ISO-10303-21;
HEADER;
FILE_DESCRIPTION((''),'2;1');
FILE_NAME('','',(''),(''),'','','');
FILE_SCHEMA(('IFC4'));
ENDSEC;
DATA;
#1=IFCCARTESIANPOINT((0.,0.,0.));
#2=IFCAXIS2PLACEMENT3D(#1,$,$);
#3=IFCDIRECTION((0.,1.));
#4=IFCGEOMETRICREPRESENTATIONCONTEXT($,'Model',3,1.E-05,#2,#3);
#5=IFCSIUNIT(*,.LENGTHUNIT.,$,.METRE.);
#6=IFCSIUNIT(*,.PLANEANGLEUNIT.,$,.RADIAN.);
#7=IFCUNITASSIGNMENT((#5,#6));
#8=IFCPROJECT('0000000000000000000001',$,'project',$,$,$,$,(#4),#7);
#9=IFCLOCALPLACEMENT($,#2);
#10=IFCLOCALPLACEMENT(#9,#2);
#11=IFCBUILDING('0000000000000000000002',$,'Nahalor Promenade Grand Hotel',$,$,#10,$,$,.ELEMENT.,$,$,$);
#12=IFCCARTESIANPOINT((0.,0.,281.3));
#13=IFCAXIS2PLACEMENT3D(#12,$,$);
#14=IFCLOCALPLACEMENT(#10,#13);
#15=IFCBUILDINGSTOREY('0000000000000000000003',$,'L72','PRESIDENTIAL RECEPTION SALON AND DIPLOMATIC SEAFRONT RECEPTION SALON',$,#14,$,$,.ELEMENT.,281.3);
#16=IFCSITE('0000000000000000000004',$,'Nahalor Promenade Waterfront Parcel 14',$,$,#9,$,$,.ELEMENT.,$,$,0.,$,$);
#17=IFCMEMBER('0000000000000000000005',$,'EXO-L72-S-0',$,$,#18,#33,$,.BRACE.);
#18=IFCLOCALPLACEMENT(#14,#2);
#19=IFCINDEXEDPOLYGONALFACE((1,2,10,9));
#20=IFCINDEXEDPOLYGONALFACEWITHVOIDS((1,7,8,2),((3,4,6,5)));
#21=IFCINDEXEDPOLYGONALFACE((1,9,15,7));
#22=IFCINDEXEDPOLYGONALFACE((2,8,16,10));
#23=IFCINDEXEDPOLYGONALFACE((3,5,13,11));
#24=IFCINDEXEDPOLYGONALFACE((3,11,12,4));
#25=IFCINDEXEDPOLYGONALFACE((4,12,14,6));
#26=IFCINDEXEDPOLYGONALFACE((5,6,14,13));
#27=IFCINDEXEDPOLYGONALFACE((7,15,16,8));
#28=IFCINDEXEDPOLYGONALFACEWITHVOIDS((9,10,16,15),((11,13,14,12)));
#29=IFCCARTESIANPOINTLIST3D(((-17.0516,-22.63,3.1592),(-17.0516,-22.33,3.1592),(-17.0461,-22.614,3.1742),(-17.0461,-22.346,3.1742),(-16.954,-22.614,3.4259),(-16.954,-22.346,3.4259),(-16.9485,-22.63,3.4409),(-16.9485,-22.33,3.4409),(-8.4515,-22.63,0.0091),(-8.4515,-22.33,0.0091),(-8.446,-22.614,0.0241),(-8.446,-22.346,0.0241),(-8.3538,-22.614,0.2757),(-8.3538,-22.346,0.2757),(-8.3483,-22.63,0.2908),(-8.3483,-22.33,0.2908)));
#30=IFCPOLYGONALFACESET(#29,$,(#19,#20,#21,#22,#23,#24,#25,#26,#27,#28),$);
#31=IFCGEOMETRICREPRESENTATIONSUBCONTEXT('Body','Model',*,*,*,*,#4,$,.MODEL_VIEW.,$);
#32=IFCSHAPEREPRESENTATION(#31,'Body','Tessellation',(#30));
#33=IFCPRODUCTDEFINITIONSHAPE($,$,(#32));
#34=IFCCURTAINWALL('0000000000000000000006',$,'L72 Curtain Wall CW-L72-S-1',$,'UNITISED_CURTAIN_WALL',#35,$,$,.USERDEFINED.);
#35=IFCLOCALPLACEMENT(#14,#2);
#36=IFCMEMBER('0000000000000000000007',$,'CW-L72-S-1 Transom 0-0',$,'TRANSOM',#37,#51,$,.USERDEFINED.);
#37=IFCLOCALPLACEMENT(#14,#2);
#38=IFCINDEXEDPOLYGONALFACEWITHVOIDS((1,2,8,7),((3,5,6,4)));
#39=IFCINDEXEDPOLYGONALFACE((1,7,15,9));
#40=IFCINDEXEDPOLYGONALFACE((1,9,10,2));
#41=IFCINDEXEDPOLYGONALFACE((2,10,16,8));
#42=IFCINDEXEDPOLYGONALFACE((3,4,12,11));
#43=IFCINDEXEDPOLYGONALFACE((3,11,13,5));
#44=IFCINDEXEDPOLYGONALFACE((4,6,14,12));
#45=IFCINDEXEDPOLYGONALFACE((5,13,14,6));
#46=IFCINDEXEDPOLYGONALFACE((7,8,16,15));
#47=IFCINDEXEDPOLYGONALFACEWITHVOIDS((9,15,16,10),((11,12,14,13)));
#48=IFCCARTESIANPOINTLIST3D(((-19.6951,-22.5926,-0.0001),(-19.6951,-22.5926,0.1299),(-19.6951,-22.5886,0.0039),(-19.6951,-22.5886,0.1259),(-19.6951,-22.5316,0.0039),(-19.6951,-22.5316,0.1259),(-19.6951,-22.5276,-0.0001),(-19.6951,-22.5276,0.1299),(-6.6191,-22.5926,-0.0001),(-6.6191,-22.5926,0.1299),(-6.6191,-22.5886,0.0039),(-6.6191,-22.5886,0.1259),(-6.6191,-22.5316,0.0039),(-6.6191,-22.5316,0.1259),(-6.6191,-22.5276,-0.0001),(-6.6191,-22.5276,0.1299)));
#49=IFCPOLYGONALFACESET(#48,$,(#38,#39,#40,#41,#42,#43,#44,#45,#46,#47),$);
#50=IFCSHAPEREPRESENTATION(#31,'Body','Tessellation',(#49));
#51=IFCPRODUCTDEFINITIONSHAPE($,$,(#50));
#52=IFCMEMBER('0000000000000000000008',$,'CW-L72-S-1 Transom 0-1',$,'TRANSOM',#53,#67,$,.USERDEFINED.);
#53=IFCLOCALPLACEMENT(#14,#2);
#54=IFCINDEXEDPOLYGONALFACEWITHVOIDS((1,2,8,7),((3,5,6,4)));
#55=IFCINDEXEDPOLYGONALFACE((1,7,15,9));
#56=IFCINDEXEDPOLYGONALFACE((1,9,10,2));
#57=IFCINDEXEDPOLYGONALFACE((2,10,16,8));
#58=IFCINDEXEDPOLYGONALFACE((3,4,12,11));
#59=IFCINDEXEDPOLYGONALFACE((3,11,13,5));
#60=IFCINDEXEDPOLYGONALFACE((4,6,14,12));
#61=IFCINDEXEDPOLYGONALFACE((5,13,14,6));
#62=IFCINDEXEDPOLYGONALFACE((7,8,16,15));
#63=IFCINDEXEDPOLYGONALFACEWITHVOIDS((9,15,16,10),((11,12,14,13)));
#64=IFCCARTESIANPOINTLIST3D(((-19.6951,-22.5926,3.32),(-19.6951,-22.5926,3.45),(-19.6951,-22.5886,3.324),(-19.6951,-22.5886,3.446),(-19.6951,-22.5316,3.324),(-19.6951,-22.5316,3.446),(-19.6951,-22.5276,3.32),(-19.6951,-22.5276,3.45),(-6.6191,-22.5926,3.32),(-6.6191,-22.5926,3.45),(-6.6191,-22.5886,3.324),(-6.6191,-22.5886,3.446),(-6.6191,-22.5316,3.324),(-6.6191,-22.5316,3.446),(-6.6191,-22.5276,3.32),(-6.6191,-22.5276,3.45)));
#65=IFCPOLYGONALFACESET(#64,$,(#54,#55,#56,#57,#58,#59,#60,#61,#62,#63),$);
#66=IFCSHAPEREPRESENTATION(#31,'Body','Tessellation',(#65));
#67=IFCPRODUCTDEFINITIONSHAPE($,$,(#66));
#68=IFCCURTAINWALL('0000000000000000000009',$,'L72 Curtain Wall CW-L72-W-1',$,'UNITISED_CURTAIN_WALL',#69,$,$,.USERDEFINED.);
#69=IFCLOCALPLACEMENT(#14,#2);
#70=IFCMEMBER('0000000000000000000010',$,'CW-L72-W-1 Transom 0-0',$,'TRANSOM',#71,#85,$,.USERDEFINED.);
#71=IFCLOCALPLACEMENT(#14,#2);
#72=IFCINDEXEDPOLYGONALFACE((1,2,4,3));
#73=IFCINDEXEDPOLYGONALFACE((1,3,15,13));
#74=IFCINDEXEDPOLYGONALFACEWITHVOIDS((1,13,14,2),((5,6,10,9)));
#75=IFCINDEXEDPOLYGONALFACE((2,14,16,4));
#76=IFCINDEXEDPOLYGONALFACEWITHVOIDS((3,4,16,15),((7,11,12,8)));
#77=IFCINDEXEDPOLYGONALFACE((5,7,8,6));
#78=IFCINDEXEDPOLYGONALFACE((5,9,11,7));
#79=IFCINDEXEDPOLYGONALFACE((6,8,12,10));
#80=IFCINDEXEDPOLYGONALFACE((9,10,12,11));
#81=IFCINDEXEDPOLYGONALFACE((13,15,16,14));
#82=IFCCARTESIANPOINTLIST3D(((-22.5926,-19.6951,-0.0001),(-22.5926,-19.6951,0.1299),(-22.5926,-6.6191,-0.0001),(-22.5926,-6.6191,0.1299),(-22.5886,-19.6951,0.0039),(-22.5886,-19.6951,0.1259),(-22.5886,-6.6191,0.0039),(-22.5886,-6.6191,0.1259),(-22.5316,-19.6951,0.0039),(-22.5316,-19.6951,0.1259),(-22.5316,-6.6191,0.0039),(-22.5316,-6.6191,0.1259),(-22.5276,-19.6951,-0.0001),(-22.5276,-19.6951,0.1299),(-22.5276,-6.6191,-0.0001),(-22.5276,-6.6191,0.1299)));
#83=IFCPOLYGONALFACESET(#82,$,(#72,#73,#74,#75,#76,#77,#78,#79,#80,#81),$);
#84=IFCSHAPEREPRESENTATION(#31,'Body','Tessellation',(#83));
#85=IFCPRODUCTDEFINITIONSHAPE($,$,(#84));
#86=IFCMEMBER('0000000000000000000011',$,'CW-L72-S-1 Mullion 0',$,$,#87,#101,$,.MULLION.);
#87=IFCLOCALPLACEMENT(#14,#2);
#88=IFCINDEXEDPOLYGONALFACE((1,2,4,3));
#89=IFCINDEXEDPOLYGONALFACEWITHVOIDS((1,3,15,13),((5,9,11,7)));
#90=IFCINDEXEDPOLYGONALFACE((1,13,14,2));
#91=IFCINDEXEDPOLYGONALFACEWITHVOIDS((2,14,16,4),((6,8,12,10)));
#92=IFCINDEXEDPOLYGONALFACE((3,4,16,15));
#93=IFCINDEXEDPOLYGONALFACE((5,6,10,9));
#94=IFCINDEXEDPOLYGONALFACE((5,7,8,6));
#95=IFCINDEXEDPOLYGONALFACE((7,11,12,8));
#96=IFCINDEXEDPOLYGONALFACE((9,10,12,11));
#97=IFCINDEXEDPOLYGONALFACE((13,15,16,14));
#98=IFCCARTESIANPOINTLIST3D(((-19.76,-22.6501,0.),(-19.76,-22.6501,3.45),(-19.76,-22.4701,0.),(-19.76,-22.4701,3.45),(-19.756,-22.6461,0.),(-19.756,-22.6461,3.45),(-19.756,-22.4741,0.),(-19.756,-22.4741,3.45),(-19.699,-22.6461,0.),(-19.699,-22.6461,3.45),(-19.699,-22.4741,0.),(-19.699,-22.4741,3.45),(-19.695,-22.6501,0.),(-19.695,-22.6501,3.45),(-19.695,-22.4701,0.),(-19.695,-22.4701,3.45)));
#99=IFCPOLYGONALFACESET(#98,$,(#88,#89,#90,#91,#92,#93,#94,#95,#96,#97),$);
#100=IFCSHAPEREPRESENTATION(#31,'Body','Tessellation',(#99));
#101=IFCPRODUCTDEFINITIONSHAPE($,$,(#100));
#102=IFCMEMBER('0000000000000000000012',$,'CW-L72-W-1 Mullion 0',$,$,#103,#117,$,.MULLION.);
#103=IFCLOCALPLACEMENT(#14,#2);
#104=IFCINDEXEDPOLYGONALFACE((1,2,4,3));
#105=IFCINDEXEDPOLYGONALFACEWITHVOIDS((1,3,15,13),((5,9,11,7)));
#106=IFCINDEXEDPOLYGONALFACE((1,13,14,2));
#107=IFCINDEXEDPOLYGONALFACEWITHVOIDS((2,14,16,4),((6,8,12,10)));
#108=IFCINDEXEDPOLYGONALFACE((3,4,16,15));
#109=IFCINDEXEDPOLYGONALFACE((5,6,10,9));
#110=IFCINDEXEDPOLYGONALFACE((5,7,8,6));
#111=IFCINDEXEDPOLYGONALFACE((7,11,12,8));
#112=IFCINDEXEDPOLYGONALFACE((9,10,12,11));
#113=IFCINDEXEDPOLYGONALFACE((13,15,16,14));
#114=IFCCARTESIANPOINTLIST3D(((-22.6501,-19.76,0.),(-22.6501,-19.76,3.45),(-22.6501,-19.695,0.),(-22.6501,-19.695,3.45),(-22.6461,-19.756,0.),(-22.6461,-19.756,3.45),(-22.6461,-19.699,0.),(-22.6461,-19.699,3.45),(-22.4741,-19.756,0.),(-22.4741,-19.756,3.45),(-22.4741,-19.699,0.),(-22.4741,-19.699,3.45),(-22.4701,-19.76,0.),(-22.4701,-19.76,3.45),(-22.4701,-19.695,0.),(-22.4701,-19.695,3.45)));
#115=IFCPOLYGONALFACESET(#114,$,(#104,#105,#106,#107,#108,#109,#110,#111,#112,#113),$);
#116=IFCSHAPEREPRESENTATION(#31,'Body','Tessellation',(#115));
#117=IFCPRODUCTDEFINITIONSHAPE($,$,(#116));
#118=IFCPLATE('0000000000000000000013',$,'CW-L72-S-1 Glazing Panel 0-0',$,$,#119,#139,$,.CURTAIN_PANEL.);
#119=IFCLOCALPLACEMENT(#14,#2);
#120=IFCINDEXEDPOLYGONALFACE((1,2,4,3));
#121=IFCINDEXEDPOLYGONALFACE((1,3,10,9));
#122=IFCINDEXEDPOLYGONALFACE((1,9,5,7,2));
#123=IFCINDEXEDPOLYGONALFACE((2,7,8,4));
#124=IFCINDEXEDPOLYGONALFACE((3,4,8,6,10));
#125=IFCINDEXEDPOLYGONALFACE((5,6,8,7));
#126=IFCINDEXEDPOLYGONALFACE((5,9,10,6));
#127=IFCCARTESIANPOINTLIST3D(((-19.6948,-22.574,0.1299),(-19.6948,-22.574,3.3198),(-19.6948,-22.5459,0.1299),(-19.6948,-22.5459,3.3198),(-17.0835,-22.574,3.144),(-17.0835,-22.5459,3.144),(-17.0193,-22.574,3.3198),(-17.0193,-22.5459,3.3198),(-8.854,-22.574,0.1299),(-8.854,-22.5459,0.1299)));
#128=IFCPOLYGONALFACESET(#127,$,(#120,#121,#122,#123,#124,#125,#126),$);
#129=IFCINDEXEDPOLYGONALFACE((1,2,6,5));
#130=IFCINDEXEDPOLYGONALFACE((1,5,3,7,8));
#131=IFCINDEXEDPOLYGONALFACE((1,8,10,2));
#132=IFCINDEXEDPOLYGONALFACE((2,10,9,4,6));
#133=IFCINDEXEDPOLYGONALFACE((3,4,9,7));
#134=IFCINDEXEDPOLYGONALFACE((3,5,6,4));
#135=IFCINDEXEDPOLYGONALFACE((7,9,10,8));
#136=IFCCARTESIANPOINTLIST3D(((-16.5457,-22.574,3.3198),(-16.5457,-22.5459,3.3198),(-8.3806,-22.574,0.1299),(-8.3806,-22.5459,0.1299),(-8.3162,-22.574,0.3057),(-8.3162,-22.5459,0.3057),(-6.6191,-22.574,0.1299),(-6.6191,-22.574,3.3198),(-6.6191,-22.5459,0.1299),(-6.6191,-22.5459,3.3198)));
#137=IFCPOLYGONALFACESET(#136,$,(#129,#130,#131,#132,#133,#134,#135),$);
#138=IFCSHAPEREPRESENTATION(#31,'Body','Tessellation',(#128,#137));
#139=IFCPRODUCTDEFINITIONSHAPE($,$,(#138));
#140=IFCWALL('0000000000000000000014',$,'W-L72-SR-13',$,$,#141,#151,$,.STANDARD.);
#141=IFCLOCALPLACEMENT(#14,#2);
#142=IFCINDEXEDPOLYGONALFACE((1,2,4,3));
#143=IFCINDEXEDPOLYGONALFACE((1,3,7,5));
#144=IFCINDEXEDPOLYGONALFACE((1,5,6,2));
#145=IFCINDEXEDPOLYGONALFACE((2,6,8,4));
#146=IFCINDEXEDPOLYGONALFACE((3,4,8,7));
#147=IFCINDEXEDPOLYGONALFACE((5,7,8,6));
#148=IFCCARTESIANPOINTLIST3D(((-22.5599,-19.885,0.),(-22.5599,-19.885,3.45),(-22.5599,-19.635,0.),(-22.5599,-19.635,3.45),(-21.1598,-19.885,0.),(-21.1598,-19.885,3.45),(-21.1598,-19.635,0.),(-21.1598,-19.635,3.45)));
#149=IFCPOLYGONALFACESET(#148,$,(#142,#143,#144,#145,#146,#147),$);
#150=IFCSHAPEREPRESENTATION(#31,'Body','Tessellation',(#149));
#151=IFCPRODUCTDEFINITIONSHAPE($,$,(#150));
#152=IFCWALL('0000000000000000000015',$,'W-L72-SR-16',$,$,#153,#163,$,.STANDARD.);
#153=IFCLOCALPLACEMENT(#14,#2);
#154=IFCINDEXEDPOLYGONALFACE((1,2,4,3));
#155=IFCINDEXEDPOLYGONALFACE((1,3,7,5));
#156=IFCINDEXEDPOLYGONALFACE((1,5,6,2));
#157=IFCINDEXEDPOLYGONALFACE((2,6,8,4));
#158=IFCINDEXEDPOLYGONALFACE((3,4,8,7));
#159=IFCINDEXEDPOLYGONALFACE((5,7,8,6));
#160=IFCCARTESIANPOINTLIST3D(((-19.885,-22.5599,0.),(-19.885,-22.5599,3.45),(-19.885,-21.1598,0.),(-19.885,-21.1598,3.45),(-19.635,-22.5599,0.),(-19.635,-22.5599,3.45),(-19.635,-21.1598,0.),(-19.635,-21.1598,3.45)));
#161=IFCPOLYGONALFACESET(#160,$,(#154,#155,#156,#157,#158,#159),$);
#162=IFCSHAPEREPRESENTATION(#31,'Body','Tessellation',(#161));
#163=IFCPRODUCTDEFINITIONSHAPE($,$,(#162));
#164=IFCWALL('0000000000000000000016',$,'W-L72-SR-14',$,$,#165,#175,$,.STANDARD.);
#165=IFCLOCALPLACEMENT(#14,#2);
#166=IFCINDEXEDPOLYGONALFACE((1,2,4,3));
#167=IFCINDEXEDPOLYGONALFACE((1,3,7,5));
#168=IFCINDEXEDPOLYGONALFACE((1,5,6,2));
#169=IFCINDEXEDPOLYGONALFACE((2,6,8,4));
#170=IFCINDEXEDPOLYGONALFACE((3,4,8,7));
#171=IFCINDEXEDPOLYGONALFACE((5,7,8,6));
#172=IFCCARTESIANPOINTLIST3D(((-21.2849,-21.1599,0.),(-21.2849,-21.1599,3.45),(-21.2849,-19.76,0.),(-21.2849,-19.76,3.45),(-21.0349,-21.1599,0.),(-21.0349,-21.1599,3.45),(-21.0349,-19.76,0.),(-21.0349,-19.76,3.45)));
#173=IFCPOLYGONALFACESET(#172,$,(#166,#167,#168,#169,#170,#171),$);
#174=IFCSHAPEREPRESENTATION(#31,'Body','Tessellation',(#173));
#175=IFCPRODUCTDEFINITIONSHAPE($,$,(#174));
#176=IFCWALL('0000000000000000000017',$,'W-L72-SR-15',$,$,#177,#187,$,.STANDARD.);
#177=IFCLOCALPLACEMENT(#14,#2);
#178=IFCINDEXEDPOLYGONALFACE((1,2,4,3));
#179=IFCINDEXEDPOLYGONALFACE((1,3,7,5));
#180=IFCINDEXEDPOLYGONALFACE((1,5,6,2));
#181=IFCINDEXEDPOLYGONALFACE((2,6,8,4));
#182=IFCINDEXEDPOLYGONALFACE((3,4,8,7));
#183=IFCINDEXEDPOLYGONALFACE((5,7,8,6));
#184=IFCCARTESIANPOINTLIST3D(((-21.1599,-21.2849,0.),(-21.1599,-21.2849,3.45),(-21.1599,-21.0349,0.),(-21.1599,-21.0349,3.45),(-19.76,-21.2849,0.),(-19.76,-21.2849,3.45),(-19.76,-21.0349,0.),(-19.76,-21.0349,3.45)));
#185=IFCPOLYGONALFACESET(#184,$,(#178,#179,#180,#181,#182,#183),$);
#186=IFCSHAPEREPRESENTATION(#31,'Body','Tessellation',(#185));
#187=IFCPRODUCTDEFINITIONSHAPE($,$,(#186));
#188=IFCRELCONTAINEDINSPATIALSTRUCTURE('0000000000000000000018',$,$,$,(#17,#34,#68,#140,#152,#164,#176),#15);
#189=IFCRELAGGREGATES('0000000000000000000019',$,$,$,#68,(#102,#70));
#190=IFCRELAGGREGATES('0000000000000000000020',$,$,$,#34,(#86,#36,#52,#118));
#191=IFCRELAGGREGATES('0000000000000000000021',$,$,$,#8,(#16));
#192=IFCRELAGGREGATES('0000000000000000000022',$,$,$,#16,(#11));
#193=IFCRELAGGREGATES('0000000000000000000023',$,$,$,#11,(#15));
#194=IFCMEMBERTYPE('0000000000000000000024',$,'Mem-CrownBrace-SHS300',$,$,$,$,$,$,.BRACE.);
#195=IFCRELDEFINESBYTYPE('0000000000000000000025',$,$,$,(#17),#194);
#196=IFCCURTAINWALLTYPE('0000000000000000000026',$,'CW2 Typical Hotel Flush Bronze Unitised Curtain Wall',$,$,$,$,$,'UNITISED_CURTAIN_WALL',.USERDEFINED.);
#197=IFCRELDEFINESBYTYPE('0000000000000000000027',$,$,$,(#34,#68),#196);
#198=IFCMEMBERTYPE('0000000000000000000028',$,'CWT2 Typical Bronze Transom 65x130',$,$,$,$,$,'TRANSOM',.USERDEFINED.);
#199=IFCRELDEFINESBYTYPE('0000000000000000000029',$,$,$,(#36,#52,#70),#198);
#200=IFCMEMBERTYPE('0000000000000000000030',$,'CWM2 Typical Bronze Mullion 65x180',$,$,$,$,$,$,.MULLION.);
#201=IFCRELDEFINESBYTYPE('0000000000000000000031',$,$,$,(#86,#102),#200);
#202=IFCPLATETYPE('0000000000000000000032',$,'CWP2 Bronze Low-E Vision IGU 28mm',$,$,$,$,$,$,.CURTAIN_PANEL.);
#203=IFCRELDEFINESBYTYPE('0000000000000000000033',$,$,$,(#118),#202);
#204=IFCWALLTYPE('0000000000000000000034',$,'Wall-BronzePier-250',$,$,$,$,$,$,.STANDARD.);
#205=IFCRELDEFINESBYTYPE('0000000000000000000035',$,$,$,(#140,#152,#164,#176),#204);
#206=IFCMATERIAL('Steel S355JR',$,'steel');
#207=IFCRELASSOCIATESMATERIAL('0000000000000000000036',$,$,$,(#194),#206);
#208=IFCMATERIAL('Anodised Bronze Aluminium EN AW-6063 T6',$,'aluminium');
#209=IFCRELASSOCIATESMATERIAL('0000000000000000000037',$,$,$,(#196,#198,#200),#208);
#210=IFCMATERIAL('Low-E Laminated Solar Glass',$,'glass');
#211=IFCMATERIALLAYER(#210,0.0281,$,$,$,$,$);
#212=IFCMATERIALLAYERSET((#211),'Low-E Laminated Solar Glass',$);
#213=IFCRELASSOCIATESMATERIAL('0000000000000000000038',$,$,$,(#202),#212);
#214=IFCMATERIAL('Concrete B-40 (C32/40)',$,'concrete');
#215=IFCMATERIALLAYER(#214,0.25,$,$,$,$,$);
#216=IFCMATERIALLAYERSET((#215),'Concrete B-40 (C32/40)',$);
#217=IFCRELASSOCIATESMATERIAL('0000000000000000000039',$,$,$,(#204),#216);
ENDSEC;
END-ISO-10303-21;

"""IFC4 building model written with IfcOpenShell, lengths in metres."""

from ifc_helpers import new_model, si_unit, direction, frame, frame_2d, origin, origin_2d, place, context, subcontext, project, spatial, polyline, rectangle, hollow_rectangle, outline, extrude, source, transform, mapped, material, layer, layer_set, material_profile, profile_set, type_object, element, aggregate, save


model = new_model("IFC4")

# Units and contexts
model_context = context("Model", 3, precision=1e-05, world=origin(), true_north=direction((0.0, 1.0)))
body_context = subcontext(model_context, "Body", "Model", "MODEL_VIEW")
ifc_project = project(units=[si_unit("LENGTHUNIT", "METRE"), si_unit("PLANEANGLEUNIT", "RADIAN")], contexts=[model_context])

# Site, building, storey
site_placement = place(None, origin())
site = spatial("IfcSite", under=ifc_project, at=site_placement, Name="Nahalor Promenade Waterfront Parcel 14", CompositionType="ELEMENT", RefElevation=0.0)
building_placement = place(site_placement, origin())
building = spatial("IfcBuilding", under=site, at=building_placement, Name="Nahalor Promenade Grand Hotel", CompositionType="ELEMENT")
storey_placement = place(building_placement, frame((0.0, 0.0, 281.3)))
storey = spatial("IfcBuildingStorey", under=building, at=storey_placement, Name="L72", Description="PRESIDENTIAL RECEPTION SALON AND DIPLOMATIC SEAFRONT RECEPTION SALON", CompositionType="ELEMENT", Elevation=281.3)

# Shared definitions
ifc_material_1 = material(Name="Steel S355JR", Category="steel")

# Member
ifc_material_profile_1 = material_profile(ifc_material_1, hollow_rectangle(XDim=0.3, YDim=0.3, WallThickness=0.016, at=origin_2d()), Name="SHS 300x300x16")
ifc_profile_set_1 = profile_set([ifc_material_profile_1], Name="Steel S355JR")
member_type_1 = type_object("IfcMemberType", Name="Mem-CrownBrace-SHS300", PredefinedType="BRACE", material=ifc_profile_set_1)
shared_shape_1 = source(origin(), body_context, "Body", "SweptSolid", [
    extrude(hollow_rectangle(XDim=0.3, YDim=0.3, WallThickness=0.016, at=origin_2d()), origin(), (0.0, 0.0, 1.0), 9.1589),
])
member_1_placement = place(storey_placement, frame((-8.3999, -22.48, 0.1499), z_axis=(-0.93899, 0.0, 0.343944), x_axis=(0.0, -1.0, 0.0)))
element("IfcMember", 1, at=member_1_placement, inside=storey, type_object=member_type_1, Name="EXO-L72-S-0", PredefinedType="BRACE", context=body_context, shape_type="MappedRepresentation", body=[
    mapped(shared_shape_1, transform((0.0, 0.0, 0.0), scale=1.0)),
])

# Curtain wall, members
ifc_material_2 = material(Name="Anodised Bronze Aluminium EN AW-6063 T6", Category="aluminium")
curtain_wall_type = type_object("IfcCurtainWallType", Name="CW2 Typical Hotel Flush Bronze Unitised Curtain Wall", ElementType="UNITISED_CURTAIN_WALL", PredefinedType="USERDEFINED", material=ifc_material_2)
curtain_wall_1_placement = place(storey_placement, origin())
curtain_wall_1 = element("IfcCurtainWall", 2, at=curtain_wall_1_placement, inside=storey, type_object=curtain_wall_type, Name="L72 Curtain Wall CW-L72-S-1", ObjectType="UNITISED_CURTAIN_WALL", PredefinedType="USERDEFINED")
ifc_material_profile_2 = material_profile(ifc_material_2, hollow_rectangle(XDim=0.065, YDim=0.13, WallThickness=0.004, at=origin_2d()), Name="CWT 65x130x4")
ifc_profile_set_2 = profile_set([ifc_material_profile_2], Name="Anodised Bronze Aluminium EN AW-6063 T6")
member_type_2 = type_object("IfcMemberType", Name="CWT2 Typical Bronze Transom 65x130", ElementType="TRANSOM", PredefinedType="USERDEFINED", material=ifc_profile_set_2)
shared_shape_2 = source(origin(), body_context, "Body", "SweptSolid", [
    extrude(hollow_rectangle(XDim=0.065, YDim=0.13, WallThickness=0.004, at=origin_2d()), origin(), (0.0, 0.0, 1.0), 13.0759),
])
member_2_placement = place(storey_placement, frame((-19.6951, -22.5601, 0.0649), z_axis=(1.0, 0.0, 0.0), x_axis=(0.0, 1.0, 0.0)))
member_2 = element("IfcMember", 3, at=member_2_placement, type_object=member_type_2, Name="CW-L72-S-1 Transom 0-0", ObjectType="TRANSOM", PredefinedType="USERDEFINED", context=body_context, shape_type="MappedRepresentation", body=[
    mapped(shared_shape_2, transform((0.0, 0.0, 0.0), scale=1.0)),
])
member_3_placement = place(storey_placement, frame((-19.6951, -22.5601, 3.385), z_axis=(1.0, 0.0, 0.0), x_axis=(0.0, 1.0, 0.0)))
member_3 = element("IfcMember", 4, at=member_3_placement, type_object=member_type_2, Name="CW-L72-S-1 Transom 0-1", ObjectType="TRANSOM", PredefinedType="USERDEFINED", context=body_context, shape_type="MappedRepresentation", body=[
    mapped(shared_shape_2, transform((0.0, 0.0, 0.0), scale=1.0)),
])

# Curtain wall, member
curtain_wall_2_placement = place(storey_placement, origin())
curtain_wall_2 = element("IfcCurtainWall", 5, at=curtain_wall_2_placement, inside=storey, type_object=curtain_wall_type, Name="L72 Curtain Wall CW-L72-W-1", ObjectType="UNITISED_CURTAIN_WALL", PredefinedType="USERDEFINED")
member_4_placement = place(storey_placement, frame((-22.5601, -19.6951, 0.0649), z_axis=(0.0, 1.0, 0.0), x_axis=(-1.0, 0.0, 0.0)))
member_4 = element("IfcMember", 6, at=member_4_placement, type_object=member_type_2, Name="CW-L72-W-1 Transom 0-0", ObjectType="TRANSOM", PredefinedType="USERDEFINED", context=body_context, shape_type="MappedRepresentation", body=[
    mapped(shared_shape_2, transform((0.0, 0.0, 0.0), scale=1.0)),
])

# Members
ifc_material_profile_3 = material_profile(ifc_material_2, hollow_rectangle(XDim=0.065, YDim=0.18, WallThickness=0.004, at=origin_2d()), Name="CWM 65x180x4")
ifc_profile_set_3 = profile_set([ifc_material_profile_3], Name="Anodised Bronze Aluminium EN AW-6063 T6")
member_type_3 = type_object("IfcMemberType", Name="CWM2 Typical Bronze Mullion 65x180", PredefinedType="MULLION", material=ifc_profile_set_3)
shared_shape_3 = source(origin(), body_context, "Body", "SweptSolid", [
    extrude(hollow_rectangle(XDim=0.065, YDim=0.18, WallThickness=0.004, at=origin_2d()), origin(), (0.0, 0.0, 1.0), 3.45),
])
member_5_placement = place(storey_placement, frame((-19.7275, -22.5601, 0.0), z_axis=(0.0, 0.0, 1.0), x_axis=(1.0, 0.0, 0.0)))
member_5 = element("IfcMember", 7, at=member_5_placement, type_object=member_type_3, Name="CW-L72-S-1 Mullion 0", PredefinedType="MULLION", context=body_context, shape_type="MappedRepresentation", body=[
    mapped(shared_shape_3, transform((0.0, 0.0, 0.0), scale=1.0)),
])
member_6_placement = place(storey_placement, frame((-22.5601, -19.7275, 0.0), z_axis=(0.0, 0.0, 1.0), x_axis=(0.0, 1.0, 0.0)))
member_6 = element("IfcMember", 8, at=member_6_placement, type_object=member_type_3, Name="CW-L72-W-1 Mullion 0", PredefinedType="MULLION", context=body_context, shape_type="MappedRepresentation", body=[
    mapped(shared_shape_3, transform((0.0, 0.0, 0.0), scale=1.0)),
])
aggregate(curtain_wall_2, [member_6, member_4])

# Plate
ifc_material_3 = material(Name="Low-E Laminated Solar Glass", Category="glass")
ifc_layer_1 = layer(ifc_material_3, 0.0281)
ifc_layer_set_1 = layer_set([ifc_layer_1], Name="Low-E Laminated Solar Glass")
plate_type = type_object("IfcPlateType", Name="CWP2 Bronze Low-E Vision IGU 28mm", PredefinedType="CURTAIN_PANEL", material=ifc_layer_set_1)
plate_placement = place(storey_placement, frame((-13.157, -22.5601, 0.1299), z_axis=(0.0, 0.0, 1.0), x_axis=(1.0, 0.0, 0.0)))
plate = element("IfcPlate", 9, at=plate_placement, type_object=plate_type, Name="CW-L72-S-1 Glazing Panel 0-0", PredefinedType="CURTAIN_PANEL", context=body_context, shape_type="SweptSolid", body=[
    extrude(outline(polyline([(-6.5378, 3.1899), (-6.5378, 0.0), (4.303, 0.0), (-3.9265, 3.0142), (-3.8623, 3.1899), (-6.5378, 3.1899)])), frame((0.0, 0.0142, 0.0), z_axis=(0.0, -1.0, 0.0), x_axis=(1.0, 0.0, 0.0)), (0.0, 0.0, 1.0), 0.0281),
    extrude(outline(polyline([(6.5378, 0.0), (6.5378, 3.1899), (-3.3887, 3.1899), (4.8408, 0.1758), (4.7764, 0.0), (6.5378, 0.0)])), frame((0.0, 0.0142, 0.0), z_axis=(0.0, -1.0, 0.0), x_axis=(1.0, 0.0, 0.0)), (0.0, 0.0, 1.0), 0.0281),
])
aggregate(curtain_wall_1, [member_5, member_2, member_3, plate])

# Walls
ifc_material_4 = material(Name="Concrete B-40 (C32/40)", Category="concrete")
ifc_layer_2 = layer(ifc_material_4, 0.25)
ifc_layer_set_2 = layer_set([ifc_layer_2], Name="Concrete B-40 (C32/40)")
wall_type_1 = type_object("IfcWallType", Name="Wall-BronzePier-250", PredefinedType="STANDARD", material=ifc_layer_set_2)
shared_shape_4 = source(origin(), body_context, "Body", "SweptSolid", [
    extrude(rectangle(XDim=1.4001, YDim=0.25, at=frame_2d((0.7002, 0.0))), origin(), (0.0, 0.0, 1.0), 3.45),
])
for number, where, z_axis, x_axis, name in (
    (10, (-22.5601, -19.76, 0.0), (0.0, 0.0, 1.0), (1.0, 0.0, 0.0), "W-L72-SR-13"),
    (11, (-19.76, -22.5601, 0.0), (0.0, 0.0, 1.0), (0.0, 1.0, 0.0), "W-L72-SR-16"),
):
    element("IfcWall", number, at=place(storey_placement, frame(where, z_axis=z_axis, x_axis=x_axis)), inside=storey, type_object=wall_type_1, Name=name, PredefinedType="STANDARD", context=body_context, shape_type="MappedRepresentation", body=[
        mapped(shared_shape_4, transform((0.0, 0.0, 0.0), scale=1.0)),
    ])
shared_shape_5 = source(origin(), body_context, "Body", "SweptSolid", [
    extrude(rectangle(XDim=1.3999, YDim=0.25, at=frame_2d((0.7, 0.0))), origin(), (0.0, 0.0, 1.0), 3.45),
])
for number, where, z_axis, x_axis, name in (
    (12, (-21.1599, -21.1599, 0.0), (0.0, 0.0, 1.0), (0.0, 1.0, 0.0), "W-L72-SR-14"),
    (13, (-21.1599, -21.1599, 0.0), (0.0, 0.0, 1.0), (1.0, 0.0, 0.0), "W-L72-SR-15"),
):
    element("IfcWall", number, at=place(storey_placement, frame(where, z_axis=z_axis, x_axis=x_axis)), inside=storey, type_object=wall_type_1, Name=name, PredefinedType="STANDARD", context=body_context, shape_type="MappedRepresentation", body=[
        mapped(shared_shape_5, transform((0.0, 0.0, 0.0), scale=1.0)),
    ])

save(model, "model.ifc")
